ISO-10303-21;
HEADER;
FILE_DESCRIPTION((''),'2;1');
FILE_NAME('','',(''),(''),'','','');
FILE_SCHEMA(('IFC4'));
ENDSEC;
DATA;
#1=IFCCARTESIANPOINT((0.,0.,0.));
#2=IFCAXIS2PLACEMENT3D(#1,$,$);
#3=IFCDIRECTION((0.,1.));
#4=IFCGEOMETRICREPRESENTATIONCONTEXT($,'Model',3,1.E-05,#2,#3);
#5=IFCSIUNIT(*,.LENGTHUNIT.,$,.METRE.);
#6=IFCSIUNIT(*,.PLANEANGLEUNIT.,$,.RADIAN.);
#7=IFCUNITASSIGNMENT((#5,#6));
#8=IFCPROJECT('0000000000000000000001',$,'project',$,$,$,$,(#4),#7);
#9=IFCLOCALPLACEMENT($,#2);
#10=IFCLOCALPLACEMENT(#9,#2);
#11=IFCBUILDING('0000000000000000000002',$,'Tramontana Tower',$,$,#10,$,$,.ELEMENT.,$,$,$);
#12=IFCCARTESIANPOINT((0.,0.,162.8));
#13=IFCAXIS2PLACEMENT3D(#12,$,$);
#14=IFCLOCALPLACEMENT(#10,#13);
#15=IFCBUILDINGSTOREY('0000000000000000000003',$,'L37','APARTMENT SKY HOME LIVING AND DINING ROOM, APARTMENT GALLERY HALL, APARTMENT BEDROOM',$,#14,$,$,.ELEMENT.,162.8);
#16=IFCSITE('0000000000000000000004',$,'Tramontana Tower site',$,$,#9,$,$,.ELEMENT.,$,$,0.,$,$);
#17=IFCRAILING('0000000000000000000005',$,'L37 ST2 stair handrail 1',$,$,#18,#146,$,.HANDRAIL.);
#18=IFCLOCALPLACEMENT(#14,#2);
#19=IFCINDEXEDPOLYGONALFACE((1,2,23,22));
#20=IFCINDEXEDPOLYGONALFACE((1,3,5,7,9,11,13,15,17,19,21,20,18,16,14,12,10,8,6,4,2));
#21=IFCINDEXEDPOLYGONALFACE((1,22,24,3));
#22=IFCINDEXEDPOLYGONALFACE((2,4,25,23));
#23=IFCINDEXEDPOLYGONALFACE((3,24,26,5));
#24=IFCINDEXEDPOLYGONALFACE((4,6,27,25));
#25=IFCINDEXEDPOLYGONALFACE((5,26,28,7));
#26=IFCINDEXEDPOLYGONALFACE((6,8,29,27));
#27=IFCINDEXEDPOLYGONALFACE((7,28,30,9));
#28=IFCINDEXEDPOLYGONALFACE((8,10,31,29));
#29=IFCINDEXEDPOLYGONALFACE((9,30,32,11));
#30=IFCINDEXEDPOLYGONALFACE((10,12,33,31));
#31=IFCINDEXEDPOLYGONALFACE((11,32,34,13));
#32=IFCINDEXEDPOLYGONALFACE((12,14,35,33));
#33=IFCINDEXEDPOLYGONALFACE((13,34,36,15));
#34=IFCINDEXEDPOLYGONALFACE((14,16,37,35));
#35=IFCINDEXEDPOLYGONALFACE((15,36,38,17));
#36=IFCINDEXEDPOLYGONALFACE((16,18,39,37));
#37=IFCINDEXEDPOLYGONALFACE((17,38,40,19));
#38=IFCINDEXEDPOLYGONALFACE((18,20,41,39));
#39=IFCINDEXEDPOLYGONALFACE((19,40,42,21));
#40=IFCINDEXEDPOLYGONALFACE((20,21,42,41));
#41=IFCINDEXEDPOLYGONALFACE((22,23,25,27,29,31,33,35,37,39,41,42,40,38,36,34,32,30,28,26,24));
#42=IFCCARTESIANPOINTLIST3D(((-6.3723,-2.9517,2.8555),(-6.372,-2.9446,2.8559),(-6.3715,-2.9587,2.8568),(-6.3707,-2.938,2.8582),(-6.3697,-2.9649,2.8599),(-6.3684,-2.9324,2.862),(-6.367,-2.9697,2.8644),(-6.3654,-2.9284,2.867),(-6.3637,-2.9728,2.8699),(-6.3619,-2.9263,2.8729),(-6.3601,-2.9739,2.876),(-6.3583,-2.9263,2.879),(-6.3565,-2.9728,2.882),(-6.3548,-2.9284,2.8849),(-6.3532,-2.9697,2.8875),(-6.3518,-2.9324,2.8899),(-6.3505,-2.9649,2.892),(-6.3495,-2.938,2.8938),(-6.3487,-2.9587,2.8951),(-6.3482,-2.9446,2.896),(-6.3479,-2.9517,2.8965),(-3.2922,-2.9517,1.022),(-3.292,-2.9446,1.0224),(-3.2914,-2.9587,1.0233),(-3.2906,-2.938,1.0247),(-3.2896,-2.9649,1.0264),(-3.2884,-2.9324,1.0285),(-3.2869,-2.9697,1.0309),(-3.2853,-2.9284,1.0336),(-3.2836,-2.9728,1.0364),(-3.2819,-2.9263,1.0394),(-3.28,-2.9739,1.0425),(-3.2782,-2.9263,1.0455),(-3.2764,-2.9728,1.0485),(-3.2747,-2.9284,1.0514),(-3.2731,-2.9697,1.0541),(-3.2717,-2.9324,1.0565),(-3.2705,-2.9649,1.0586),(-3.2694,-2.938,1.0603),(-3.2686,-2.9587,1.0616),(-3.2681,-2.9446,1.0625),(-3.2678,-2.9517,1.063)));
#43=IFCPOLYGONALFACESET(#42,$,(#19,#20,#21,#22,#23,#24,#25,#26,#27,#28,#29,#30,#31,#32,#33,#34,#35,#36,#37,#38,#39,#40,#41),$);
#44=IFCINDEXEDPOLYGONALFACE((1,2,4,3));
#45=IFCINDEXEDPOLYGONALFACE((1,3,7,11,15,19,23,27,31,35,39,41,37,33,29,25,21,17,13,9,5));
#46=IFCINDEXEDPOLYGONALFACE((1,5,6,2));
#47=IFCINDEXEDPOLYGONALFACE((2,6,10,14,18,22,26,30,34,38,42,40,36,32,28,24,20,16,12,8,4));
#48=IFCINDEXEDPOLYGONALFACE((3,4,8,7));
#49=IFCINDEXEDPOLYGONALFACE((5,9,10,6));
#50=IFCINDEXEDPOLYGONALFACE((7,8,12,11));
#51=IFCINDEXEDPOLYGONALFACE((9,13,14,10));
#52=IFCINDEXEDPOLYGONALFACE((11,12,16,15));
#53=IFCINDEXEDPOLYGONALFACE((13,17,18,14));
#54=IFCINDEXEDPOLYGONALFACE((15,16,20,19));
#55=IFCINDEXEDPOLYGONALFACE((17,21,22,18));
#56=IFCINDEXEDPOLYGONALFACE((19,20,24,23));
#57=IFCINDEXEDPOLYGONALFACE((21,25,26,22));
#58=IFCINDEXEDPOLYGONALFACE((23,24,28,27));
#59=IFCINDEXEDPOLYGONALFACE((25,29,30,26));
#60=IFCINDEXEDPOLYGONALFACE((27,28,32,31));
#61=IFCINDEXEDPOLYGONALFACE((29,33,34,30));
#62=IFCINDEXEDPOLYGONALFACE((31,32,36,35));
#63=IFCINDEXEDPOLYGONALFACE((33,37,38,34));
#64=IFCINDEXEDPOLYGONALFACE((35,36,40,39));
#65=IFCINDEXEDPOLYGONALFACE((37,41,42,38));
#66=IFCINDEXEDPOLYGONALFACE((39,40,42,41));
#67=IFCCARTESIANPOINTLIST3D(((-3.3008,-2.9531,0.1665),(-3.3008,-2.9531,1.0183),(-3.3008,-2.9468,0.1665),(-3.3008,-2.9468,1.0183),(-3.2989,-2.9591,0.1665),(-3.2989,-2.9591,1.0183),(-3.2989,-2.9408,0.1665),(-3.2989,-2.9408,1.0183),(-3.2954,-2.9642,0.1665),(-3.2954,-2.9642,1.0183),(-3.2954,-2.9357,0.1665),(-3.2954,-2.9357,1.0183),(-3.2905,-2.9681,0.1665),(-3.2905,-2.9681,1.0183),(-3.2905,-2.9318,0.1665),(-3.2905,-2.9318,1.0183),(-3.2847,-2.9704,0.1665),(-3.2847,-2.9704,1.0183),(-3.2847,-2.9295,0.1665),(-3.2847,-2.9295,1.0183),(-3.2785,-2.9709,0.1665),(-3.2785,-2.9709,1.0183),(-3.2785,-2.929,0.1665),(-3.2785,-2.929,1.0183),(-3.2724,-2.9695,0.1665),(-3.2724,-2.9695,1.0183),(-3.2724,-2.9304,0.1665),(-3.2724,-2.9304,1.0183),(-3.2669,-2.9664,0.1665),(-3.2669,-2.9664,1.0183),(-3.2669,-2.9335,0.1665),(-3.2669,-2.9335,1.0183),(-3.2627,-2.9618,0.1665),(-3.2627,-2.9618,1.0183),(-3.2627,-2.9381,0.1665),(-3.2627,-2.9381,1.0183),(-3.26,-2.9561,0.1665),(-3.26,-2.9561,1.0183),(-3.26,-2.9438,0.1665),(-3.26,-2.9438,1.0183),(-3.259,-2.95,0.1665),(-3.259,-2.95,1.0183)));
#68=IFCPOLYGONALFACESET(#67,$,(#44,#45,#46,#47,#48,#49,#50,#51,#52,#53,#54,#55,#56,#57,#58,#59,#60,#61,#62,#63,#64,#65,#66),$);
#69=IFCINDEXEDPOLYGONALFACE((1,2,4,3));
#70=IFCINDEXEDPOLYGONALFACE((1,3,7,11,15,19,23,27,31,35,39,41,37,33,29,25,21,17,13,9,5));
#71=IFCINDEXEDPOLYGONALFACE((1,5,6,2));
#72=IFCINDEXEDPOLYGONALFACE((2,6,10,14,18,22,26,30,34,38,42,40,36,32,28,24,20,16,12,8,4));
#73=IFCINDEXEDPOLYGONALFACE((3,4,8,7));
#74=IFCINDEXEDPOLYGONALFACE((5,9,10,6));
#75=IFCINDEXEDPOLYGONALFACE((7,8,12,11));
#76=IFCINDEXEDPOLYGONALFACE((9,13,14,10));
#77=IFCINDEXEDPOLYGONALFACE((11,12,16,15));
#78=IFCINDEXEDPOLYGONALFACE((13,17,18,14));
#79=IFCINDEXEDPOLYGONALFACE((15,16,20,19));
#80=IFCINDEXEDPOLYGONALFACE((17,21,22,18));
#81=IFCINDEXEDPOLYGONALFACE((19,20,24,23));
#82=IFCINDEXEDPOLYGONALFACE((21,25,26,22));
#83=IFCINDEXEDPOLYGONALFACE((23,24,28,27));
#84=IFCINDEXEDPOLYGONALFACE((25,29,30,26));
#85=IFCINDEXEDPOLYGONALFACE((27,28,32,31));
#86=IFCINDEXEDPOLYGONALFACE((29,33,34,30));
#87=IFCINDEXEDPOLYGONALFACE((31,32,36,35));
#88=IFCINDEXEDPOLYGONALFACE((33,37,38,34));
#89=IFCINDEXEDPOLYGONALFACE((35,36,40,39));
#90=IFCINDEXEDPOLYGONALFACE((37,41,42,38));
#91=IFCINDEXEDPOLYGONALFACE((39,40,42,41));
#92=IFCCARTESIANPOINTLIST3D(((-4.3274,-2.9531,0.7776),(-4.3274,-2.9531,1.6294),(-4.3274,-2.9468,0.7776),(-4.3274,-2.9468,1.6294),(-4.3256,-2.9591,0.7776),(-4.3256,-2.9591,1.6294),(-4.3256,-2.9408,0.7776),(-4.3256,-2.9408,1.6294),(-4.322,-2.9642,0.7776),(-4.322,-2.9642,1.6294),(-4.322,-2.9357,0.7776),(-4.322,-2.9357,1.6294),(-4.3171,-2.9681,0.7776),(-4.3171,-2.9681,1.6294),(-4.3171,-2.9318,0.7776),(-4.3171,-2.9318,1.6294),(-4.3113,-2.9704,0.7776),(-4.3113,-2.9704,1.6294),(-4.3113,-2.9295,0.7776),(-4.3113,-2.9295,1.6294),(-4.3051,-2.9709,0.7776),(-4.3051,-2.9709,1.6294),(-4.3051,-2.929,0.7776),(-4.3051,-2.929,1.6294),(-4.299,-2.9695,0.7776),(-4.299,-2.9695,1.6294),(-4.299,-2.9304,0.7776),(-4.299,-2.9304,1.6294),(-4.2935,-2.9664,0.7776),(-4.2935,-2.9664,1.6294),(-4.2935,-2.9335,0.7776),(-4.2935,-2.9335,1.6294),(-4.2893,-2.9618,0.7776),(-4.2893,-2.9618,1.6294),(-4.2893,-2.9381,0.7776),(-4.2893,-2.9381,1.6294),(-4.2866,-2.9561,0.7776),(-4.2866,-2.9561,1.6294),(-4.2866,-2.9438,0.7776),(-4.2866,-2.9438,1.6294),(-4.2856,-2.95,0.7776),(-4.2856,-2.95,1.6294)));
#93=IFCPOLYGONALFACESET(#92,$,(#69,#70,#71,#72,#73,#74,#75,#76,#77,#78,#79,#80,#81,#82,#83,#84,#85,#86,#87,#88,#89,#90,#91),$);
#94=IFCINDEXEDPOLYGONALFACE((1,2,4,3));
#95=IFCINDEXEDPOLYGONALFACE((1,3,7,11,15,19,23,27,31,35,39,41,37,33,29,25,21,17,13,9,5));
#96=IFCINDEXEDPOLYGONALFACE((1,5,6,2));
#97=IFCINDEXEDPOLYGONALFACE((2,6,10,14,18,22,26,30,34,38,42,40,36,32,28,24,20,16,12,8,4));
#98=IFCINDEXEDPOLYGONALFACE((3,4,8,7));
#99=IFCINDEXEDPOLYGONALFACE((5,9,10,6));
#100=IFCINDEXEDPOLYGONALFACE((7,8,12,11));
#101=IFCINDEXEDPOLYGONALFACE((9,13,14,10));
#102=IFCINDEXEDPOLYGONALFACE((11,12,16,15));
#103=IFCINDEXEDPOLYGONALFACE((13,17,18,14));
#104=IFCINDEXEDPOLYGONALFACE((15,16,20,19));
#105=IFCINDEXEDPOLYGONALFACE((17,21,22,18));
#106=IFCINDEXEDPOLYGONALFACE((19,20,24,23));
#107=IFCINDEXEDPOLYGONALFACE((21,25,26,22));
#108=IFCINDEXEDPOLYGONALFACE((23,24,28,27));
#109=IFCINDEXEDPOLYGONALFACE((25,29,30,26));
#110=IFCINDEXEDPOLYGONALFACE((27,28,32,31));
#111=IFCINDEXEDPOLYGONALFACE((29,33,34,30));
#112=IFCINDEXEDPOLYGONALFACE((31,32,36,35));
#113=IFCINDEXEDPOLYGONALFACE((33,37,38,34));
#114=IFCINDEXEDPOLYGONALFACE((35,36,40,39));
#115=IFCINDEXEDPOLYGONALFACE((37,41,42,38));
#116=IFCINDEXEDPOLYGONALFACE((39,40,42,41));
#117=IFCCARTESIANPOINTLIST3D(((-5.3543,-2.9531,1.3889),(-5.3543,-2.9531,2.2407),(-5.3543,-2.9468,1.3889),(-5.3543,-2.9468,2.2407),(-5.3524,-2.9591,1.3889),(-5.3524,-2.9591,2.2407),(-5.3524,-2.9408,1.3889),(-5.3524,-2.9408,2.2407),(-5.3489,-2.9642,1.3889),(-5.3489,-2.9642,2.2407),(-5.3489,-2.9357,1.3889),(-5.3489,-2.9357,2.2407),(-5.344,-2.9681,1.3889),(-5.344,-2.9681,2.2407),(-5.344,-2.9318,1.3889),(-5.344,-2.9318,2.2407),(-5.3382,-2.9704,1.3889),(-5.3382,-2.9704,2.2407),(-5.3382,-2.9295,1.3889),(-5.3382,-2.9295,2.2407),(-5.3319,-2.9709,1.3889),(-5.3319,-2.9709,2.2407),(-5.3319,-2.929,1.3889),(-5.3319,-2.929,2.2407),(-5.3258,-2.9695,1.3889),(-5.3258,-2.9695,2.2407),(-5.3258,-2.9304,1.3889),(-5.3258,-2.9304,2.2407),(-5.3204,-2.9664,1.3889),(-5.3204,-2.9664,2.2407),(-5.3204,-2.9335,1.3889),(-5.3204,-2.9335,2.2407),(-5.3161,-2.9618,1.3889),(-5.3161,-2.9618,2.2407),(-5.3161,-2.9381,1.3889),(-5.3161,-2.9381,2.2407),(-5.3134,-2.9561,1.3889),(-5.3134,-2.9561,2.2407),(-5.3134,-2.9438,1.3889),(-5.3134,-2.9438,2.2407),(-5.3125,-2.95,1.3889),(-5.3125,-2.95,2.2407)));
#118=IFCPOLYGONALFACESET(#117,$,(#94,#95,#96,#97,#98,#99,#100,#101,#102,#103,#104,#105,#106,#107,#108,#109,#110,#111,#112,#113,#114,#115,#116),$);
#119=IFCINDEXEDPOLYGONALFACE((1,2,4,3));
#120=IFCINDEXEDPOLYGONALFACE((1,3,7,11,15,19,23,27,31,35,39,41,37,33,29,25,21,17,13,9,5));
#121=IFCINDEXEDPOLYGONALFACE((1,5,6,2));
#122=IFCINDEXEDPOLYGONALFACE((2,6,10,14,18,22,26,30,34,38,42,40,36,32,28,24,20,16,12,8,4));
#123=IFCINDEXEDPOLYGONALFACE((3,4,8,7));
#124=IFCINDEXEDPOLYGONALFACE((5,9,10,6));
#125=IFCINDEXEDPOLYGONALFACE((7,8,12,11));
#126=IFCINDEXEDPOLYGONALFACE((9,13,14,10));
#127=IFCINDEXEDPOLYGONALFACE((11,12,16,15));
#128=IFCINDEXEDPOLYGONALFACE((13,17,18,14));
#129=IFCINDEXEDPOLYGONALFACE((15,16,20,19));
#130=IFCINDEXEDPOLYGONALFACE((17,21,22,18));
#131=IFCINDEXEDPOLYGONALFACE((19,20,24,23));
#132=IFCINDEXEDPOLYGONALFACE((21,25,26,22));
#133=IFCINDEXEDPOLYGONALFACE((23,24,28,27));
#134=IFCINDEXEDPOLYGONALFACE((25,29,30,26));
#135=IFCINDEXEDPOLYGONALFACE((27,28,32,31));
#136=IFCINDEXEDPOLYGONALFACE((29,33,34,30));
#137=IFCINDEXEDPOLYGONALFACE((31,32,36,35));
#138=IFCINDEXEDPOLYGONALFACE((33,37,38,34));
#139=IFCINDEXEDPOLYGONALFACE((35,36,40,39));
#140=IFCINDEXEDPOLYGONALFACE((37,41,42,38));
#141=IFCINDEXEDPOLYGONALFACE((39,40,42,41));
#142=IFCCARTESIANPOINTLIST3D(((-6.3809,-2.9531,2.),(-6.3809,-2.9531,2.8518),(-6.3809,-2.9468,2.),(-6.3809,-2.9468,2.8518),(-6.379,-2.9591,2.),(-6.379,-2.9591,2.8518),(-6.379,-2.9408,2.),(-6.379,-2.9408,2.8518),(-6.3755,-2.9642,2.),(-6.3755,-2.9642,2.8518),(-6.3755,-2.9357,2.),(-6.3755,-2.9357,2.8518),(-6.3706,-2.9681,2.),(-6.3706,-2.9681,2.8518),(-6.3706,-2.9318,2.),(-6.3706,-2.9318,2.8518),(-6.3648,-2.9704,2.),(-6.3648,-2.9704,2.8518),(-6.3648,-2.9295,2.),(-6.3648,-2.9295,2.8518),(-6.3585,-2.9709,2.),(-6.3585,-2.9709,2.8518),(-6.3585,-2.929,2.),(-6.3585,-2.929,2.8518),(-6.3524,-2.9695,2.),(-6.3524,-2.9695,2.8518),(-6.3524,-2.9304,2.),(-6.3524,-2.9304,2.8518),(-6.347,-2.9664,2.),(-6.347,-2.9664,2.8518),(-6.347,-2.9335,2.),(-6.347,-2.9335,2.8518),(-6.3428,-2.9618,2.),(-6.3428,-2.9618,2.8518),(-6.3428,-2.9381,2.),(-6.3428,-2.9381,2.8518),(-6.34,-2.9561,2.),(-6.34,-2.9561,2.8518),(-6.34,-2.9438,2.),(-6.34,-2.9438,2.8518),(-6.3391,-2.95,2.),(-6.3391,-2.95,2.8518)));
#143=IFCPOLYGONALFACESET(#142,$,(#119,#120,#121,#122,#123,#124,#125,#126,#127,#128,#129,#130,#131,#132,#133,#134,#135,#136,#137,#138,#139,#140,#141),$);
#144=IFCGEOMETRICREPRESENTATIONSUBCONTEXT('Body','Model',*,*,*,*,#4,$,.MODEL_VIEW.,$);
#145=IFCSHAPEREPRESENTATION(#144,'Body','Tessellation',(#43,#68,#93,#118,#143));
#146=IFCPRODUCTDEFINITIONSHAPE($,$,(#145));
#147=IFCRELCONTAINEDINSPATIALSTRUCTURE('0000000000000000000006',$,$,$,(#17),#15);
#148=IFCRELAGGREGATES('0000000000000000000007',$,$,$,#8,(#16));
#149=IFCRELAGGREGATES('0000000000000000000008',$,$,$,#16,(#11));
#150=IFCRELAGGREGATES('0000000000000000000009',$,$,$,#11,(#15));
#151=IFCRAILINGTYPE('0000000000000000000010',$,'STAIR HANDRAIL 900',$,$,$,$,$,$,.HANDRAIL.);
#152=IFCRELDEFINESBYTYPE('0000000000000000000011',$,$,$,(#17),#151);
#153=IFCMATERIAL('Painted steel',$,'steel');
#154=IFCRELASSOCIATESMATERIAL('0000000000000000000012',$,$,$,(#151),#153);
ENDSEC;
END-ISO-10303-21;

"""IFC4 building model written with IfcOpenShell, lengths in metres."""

from ifc_helpers import new_model, si_unit, direction, frame, origin, origin_2d, place, context, subcontext, project, spatial, circle, extrude, material, type_object, element, save


model = new_model("IFC4")

# Units and contexts
model_context = context("Model", 3, precision=1e-05, world=origin(), true_north=direction((0.0, 1.0)))
body_context = subcontext(model_context, "Body", "Model", "MODEL_VIEW")
ifc_project = project(units=[si_unit("LENGTHUNIT", "METRE"), si_unit("PLANEANGLEUNIT", "RADIAN")], contexts=[model_context])

# Site, building, storey
site_placement = place(None, origin())
site = spatial("IfcSite", under=ifc_project, at=site_placement, Name="Tramontana Tower site", CompositionType="ELEMENT", RefElevation=0.0)
building_placement = place(site_placement, origin())
building = spatial("IfcBuilding", under=site, at=building_placement, Name="Tramontana Tower", CompositionType="ELEMENT")
storey_placement = place(building_placement, frame((0.0, 0.0, 162.8)))
storey = spatial("IfcBuildingStorey", under=building, at=storey_placement, Name="L37", Description="APARTMENT SKY HOME LIVING AND DINING ROOM, APARTMENT GALLERY HALL, APARTMENT BEDROOM", CompositionType="ELEMENT", Elevation=162.8)

# Railing
ifc_material_1 = material(Name="Painted steel", Category="steel")
railing_type_1 = type_object("IfcRailingType", Name="STAIR HANDRAIL 900", PredefinedType="HANDRAIL", material=ifc_material_1)
railing_1_placement = place(storey_placement, frame((-3.28, -2.95, 0.1665)))
element("IfcRailing", 1, at=railing_1_placement, inside=storey, type_object=railing_type_1, Name="L37 ST2 stair handrail 1", PredefinedType="HANDRAIL", context=body_context, shape_type="SweptSolid", body=[
    extrude(circle(Radius=0.0239, at=origin_2d()), frame((0.0, 0.0, 0.876), z_axis=(-0.859279, 0.0, 0.511508), x_axis=(0.0, -1.0, 0.0)), (0.0, 0.0, 1.0), 3.5845),
    extrude(circle(Radius=0.021, at=origin_2d()), origin(), (0.0, 0.0, 1.0), 0.8518),
    extrude(circle(Radius=0.021, at=origin_2d()), frame((-1.0266, 0.0, 0.6111)), (0.0, 0.0, 1.0), 0.8518),
    extrude(circle(Radius=0.021, at=origin_2d()), frame((-2.0535, 0.0, 1.2224)), (0.0, 0.0, 1.0), 0.8518),
    extrude(circle(Radius=0.021, at=origin_2d()), frame((-3.0801, 0.0, 1.8335)), (0.0, 0.0, 1.0), 0.8518),
])

save(model, "model.ifc")
